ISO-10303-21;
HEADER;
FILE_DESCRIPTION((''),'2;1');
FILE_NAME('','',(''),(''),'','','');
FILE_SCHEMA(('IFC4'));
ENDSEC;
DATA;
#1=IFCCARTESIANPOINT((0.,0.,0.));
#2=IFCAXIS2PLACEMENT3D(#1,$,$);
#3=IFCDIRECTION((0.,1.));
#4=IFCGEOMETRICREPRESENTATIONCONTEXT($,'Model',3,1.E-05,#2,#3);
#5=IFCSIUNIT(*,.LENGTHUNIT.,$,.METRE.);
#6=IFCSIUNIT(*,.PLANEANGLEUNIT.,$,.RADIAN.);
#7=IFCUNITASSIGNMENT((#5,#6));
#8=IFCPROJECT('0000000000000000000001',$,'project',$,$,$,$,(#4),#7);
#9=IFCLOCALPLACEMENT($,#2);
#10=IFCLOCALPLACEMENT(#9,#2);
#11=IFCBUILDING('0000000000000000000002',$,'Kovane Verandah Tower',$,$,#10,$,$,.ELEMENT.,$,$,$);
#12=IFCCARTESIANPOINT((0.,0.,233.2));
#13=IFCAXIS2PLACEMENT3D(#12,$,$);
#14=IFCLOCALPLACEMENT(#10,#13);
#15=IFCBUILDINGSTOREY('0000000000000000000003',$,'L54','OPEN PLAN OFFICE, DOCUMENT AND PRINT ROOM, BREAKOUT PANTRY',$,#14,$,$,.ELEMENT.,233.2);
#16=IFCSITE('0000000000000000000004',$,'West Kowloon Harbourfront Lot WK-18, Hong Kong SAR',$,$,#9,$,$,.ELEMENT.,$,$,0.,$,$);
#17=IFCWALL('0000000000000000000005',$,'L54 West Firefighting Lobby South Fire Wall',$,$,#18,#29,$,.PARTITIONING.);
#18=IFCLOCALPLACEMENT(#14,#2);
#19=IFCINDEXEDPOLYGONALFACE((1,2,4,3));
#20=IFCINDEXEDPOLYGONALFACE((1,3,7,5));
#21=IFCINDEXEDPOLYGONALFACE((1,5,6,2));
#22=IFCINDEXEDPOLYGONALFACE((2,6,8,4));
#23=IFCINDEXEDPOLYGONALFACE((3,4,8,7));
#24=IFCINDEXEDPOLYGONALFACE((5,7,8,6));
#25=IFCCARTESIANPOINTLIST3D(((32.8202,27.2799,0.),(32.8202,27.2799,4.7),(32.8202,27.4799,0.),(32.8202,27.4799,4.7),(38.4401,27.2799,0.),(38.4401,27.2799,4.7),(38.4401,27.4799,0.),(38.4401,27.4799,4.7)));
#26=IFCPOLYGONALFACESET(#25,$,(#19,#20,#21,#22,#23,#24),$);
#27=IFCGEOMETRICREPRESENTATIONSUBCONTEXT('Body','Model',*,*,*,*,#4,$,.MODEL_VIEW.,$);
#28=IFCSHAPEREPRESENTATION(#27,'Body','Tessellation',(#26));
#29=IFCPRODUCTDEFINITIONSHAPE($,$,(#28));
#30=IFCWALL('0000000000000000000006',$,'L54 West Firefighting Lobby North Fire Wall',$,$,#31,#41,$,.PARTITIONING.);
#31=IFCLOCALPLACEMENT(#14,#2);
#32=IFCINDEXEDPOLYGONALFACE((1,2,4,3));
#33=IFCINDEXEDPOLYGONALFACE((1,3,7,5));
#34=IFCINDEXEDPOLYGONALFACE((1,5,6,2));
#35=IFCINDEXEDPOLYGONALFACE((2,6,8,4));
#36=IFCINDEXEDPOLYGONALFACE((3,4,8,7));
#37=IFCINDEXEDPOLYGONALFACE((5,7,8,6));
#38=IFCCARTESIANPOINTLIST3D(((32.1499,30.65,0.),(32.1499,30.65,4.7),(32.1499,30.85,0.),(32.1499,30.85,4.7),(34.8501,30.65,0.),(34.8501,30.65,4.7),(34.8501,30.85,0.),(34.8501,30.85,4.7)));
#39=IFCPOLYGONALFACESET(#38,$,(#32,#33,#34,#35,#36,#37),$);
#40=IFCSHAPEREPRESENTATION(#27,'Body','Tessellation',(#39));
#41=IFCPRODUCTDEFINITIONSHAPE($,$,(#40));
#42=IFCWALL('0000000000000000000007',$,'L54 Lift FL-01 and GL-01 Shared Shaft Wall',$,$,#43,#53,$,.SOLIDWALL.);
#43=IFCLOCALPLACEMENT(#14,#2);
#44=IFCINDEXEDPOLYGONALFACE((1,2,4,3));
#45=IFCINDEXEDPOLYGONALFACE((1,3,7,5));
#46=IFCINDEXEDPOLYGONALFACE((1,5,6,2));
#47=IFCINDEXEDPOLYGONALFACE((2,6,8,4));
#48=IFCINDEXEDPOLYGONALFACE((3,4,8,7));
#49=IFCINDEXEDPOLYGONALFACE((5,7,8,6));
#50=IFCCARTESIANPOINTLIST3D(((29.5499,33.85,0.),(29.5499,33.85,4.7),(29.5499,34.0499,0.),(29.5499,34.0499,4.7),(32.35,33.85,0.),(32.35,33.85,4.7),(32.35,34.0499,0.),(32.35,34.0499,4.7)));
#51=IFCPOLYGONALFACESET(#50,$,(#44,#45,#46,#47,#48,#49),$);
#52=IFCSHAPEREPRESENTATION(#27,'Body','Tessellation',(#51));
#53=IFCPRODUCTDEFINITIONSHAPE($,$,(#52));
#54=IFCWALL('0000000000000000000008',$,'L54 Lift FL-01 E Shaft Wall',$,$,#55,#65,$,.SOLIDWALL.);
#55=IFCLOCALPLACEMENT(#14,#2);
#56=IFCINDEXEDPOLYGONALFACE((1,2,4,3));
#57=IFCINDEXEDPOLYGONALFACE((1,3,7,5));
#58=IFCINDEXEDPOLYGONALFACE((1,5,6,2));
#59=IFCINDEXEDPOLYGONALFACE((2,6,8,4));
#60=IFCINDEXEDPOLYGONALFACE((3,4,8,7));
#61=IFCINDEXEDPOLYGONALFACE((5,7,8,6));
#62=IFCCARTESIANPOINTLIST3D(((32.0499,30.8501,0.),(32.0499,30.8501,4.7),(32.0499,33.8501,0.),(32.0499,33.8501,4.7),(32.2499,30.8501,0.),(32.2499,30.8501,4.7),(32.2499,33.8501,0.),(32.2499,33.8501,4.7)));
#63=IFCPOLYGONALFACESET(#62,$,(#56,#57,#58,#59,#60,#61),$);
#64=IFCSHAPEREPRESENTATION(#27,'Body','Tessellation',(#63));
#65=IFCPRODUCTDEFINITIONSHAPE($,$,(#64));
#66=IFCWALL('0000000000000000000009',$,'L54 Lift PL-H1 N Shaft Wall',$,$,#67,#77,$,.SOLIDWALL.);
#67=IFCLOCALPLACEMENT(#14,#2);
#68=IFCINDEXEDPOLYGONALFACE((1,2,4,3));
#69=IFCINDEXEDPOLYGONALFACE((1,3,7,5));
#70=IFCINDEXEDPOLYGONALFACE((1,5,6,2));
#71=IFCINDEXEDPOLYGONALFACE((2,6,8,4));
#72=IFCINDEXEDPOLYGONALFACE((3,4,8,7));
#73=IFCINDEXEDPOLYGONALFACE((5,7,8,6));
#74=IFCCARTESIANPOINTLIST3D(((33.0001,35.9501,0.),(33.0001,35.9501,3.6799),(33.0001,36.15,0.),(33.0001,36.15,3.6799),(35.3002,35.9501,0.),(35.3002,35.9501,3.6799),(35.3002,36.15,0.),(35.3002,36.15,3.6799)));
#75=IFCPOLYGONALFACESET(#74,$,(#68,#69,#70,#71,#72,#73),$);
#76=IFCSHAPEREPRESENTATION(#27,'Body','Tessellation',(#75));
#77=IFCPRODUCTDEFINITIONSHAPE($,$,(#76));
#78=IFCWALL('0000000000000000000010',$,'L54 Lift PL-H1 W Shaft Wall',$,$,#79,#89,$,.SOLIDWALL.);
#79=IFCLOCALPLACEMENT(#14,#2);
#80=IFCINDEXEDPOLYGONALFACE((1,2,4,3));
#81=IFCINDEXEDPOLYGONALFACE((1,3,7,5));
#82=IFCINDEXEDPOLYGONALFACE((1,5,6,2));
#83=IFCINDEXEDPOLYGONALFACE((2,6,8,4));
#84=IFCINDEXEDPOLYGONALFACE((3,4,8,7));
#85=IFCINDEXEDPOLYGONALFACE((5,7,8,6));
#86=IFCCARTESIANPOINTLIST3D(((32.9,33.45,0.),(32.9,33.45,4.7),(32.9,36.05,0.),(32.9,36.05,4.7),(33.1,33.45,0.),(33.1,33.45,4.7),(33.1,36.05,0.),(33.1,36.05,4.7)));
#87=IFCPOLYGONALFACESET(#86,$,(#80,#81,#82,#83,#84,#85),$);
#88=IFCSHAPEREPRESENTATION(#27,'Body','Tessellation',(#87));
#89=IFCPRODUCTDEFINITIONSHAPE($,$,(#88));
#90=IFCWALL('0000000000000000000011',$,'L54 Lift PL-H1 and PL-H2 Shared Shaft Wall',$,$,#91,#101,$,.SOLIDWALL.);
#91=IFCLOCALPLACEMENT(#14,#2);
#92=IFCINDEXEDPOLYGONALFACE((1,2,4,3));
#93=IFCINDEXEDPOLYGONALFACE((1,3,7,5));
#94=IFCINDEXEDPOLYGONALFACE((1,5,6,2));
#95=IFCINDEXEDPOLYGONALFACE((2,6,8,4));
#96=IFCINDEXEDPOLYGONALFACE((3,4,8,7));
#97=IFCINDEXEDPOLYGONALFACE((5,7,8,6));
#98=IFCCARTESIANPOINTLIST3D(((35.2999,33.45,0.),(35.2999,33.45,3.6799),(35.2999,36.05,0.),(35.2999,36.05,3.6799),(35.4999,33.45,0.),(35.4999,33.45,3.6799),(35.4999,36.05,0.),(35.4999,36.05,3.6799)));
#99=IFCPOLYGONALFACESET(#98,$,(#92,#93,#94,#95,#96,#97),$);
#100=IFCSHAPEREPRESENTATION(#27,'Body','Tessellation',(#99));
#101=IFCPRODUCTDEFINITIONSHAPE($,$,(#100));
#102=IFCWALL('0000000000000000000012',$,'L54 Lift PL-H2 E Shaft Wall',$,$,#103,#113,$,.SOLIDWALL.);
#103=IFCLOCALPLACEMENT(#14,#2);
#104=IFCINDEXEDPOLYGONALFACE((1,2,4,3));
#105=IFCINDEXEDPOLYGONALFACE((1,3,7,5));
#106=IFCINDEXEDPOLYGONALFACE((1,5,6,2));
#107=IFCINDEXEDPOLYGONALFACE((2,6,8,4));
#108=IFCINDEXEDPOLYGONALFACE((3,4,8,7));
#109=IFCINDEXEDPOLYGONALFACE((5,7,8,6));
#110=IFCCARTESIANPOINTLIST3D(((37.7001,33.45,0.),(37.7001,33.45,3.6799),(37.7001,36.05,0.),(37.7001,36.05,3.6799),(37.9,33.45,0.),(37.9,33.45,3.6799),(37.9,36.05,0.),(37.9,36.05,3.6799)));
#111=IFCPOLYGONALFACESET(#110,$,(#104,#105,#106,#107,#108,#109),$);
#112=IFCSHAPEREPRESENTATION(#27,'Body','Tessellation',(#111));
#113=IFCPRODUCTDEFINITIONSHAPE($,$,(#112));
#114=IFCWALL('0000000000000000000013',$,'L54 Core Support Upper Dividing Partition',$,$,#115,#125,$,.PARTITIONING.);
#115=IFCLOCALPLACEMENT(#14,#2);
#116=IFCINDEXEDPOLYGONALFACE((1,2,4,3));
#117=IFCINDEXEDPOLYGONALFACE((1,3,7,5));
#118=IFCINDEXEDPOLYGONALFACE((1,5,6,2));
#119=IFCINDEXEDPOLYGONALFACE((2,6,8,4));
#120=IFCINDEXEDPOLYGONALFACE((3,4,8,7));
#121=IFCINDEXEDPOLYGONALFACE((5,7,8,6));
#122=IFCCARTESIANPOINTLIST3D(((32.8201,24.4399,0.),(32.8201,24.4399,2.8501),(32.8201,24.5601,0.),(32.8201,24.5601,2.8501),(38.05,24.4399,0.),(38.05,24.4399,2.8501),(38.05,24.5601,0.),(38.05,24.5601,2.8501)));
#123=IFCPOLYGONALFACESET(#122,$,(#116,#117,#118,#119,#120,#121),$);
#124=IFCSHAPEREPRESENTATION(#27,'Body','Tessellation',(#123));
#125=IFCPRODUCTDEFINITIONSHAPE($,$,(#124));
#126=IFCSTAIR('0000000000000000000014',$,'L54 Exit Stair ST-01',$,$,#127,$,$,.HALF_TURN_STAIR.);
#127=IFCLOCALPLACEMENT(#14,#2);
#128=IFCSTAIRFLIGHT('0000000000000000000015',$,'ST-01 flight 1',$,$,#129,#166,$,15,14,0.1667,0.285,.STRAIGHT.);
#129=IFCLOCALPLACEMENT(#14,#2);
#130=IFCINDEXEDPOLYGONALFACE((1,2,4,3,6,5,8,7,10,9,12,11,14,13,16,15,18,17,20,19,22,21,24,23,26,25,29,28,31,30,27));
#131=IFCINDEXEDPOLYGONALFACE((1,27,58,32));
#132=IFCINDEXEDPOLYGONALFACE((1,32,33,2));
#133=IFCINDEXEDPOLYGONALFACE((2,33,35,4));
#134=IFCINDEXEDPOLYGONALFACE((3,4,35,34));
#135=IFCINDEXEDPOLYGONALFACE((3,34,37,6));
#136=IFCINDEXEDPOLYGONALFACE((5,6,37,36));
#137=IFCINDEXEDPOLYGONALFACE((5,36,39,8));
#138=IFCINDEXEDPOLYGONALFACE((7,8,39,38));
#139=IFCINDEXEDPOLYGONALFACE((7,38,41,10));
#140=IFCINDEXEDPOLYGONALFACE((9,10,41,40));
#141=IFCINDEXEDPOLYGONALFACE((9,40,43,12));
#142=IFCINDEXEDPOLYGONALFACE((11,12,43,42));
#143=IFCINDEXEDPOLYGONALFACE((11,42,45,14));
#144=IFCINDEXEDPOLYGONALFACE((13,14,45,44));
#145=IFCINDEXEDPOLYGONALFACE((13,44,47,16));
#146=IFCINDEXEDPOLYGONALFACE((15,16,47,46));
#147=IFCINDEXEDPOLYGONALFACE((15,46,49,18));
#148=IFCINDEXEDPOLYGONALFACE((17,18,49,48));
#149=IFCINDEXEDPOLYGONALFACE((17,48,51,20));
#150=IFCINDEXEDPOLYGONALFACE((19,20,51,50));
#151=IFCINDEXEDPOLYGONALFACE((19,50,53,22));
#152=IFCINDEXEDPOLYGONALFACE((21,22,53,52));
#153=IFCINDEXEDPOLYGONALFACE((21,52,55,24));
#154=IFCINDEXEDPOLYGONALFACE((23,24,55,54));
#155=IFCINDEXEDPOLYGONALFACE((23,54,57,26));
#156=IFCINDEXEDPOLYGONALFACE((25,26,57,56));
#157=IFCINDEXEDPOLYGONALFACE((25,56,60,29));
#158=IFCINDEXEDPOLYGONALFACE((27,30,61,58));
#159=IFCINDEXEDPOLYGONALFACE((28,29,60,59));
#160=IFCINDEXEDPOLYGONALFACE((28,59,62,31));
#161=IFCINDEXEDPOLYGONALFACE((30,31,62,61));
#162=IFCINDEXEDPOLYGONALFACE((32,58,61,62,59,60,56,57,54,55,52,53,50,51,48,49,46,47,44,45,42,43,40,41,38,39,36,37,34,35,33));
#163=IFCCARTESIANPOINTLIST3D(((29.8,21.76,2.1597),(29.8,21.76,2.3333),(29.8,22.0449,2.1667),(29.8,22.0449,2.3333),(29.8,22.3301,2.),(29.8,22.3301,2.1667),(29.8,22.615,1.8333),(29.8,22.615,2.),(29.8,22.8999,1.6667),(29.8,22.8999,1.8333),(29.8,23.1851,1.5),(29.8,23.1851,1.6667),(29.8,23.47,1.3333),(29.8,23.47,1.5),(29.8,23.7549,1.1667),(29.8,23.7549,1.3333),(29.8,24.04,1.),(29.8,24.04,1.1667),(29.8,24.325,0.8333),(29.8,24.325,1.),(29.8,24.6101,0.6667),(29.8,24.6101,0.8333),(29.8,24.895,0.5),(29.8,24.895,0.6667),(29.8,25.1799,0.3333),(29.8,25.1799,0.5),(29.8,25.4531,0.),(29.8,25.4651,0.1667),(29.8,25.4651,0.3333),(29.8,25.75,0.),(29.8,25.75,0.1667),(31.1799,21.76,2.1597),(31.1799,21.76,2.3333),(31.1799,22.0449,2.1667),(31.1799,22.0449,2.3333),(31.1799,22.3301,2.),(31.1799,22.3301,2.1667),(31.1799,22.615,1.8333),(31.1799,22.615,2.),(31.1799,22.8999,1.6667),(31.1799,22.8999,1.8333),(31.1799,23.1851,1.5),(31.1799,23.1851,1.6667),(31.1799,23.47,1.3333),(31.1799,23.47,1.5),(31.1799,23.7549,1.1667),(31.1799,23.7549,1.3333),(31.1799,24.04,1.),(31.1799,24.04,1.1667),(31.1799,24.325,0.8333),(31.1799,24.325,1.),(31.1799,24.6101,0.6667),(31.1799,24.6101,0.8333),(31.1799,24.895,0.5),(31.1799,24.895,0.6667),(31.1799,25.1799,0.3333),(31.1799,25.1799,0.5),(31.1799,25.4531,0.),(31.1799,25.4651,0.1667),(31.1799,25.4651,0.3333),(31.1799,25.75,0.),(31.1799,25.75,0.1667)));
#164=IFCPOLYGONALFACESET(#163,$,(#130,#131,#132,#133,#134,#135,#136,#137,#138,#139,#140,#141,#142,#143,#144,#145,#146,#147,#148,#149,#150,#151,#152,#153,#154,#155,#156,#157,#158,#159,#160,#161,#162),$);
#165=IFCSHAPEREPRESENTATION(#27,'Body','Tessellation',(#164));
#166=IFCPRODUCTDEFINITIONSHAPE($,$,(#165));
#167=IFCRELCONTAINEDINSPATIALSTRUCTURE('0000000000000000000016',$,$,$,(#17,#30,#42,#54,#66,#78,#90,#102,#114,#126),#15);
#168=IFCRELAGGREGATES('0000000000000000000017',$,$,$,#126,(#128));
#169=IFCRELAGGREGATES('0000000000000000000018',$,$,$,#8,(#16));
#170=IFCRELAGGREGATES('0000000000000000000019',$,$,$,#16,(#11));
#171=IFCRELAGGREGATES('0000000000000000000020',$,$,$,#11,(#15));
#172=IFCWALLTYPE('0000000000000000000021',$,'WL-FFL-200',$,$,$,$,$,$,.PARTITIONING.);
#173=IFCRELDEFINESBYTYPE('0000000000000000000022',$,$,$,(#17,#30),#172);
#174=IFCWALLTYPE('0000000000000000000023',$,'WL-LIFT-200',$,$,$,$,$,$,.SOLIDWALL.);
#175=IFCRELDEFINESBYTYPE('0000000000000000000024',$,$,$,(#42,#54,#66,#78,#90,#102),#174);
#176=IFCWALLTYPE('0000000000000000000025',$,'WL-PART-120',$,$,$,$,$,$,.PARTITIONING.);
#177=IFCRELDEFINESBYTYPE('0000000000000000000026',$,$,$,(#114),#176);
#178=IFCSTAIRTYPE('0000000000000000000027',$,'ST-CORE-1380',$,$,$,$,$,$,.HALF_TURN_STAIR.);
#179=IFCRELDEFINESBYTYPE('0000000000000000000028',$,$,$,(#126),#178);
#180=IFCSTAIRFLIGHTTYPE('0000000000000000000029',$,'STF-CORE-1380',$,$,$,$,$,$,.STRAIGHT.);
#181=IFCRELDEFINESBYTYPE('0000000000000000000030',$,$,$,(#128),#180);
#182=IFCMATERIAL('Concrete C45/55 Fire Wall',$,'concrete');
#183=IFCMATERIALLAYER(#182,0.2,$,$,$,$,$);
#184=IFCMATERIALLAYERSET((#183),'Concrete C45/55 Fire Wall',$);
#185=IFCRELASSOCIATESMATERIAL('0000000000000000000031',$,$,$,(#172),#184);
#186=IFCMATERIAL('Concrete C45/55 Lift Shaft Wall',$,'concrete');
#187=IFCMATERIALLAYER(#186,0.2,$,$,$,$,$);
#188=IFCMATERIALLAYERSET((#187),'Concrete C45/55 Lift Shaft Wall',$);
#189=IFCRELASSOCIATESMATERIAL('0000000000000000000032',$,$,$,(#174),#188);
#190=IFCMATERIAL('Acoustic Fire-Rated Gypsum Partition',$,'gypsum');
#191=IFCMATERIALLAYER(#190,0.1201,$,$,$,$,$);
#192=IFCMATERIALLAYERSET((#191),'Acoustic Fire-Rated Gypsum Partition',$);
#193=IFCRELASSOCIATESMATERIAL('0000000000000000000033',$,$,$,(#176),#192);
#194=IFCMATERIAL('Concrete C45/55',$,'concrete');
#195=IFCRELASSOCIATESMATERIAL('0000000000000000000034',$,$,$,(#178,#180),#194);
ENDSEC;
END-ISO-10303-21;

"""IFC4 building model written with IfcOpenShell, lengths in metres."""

from ifc_helpers import new_model, si_unit, direction, frame, frame_2d, origin, place, context, subcontext, project, spatial, polyline, rectangle, outline, extrude, material, layer, layer_set, type_object, element, aggregate, save


model = new_model("IFC4")

# Units and contexts
model_context = context("Model", 3, precision=1e-05, world=origin(), true_north=direction((0.0, 1.0)))
body_context = subcontext(model_context, "Body", "Model", "MODEL_VIEW")
ifc_project = project(units=[si_unit("LENGTHUNIT", "METRE"), si_unit("PLANEANGLEUNIT", "RADIAN")], contexts=[model_context])

# Site, building, storey
site_placement = place(None, origin())
site = spatial("IfcSite", under=ifc_project, at=site_placement, Name="West Kowloon Harbourfront Lot WK-18, Hong Kong SAR", CompositionType="ELEMENT", RefElevation=0.0)
building_placement = place(site_placement, origin())
building = spatial("IfcBuilding", under=site, at=building_placement, Name="Kovane Verandah Tower", CompositionType="ELEMENT")
storey_placement = place(building_placement, frame((0.0, 0.0, 233.2)))
storey = spatial("IfcBuildingStorey", under=building, at=storey_placement, Name="L54", Description="OPEN PLAN OFFICE, DOCUMENT AND PRINT ROOM, BREAKOUT PANTRY", CompositionType="ELEMENT", Elevation=233.2)

# Shared definitions
ifc_material_1 = material(Name="Concrete C45/55 Fire Wall", Category="concrete")
ifc_layer_1 = layer(ifc_material_1, 0.2)
ifc_layer_set_1 = layer_set([ifc_layer_1], Name="Concrete C45/55 Fire Wall")
wall_type_1 = type_object("IfcWallType", Name="WL-FFL-200", PredefinedType="PARTITIONING", material=ifc_layer_set_1)

# Walls
wall_1_placement = place(storey_placement, frame((32.8201, 27.3799, 0.0), z_axis=(0.0, 0.0, 1.0), x_axis=(1.0, 0.0, 0.0)))
element("IfcWall", 1, at=wall_1_placement, inside=storey, type_object=wall_type_1, Name="L54 West Firefighting Lobby South Fire Wall", PredefinedType="PARTITIONING", context=body_context, shape_type="SweptSolid", body=[
    extrude(rectangle(XDim=5.6199, YDim=0.2, at=frame_2d((2.8101, 0.0))), origin(), (0.0, 0.0, 1.0), 4.7),
])
wall_2_placement = place(storey_placement, frame((32.1499, 30.75, 0.0), z_axis=(0.0, 0.0, 1.0), x_axis=(1.0, 0.0, 0.0)))
element("IfcWall", 2, at=wall_2_placement, inside=storey, type_object=wall_type_1, Name="L54 West Firefighting Lobby North Fire Wall", PredefinedType="PARTITIONING", context=body_context, shape_type="SweptSolid", body=[
    extrude(rectangle(XDim=2.7002, YDim=0.2, at=frame_2d((1.3501, 0.0))), origin(), (0.0, 0.0, 1.0), 4.7),
])
ifc_material_2 = material(Name="Concrete C45/55 Lift Shaft Wall", Category="concrete")
ifc_layer_2 = layer(ifc_material_2, 0.2)
ifc_layer_set_2 = layer_set([ifc_layer_2], Name="Concrete C45/55 Lift Shaft Wall")
wall_type_2 = type_object("IfcWallType", Name="WL-LIFT-200", PredefinedType="SOLIDWALL", material=ifc_layer_set_2)
wall_3_placement = place(storey_placement, frame((29.55, 33.95, 0.0), z_axis=(0.0, 0.0, 1.0), x_axis=(1.0, 0.0, 0.0)))
element("IfcWall", 3, at=wall_3_placement, inside=storey, type_object=wall_type_2, Name="L54 Lift FL-01 and GL-01 Shared Shaft Wall", PredefinedType="SOLIDWALL", context=body_context, shape_type="SweptSolid", body=[
    extrude(rectangle(XDim=2.8, YDim=0.2, at=frame_2d((1.3999, 0.0))), origin(), (0.0, 0.0, 1.0), 4.7),
])
wall_4_placement = place(storey_placement, frame((32.1499, 30.8501, 0.0), z_axis=(0.0, 0.0, 1.0), x_axis=(0.0, 1.0, 0.0)))
element("IfcWall", 4, at=wall_4_placement, inside=storey, type_object=wall_type_2, Name="L54 Lift FL-01 E Shaft Wall", PredefinedType="SOLIDWALL", context=body_context, shape_type="SweptSolid", body=[
    extrude(rectangle(XDim=3.0, YDim=0.2, at=frame_2d((1.5, 0.0))), origin(), (0.0, 0.0, 1.0), 4.7),
])

# Walls
wall_5_placement = place(storey_placement, frame((35.3, 36.05, 0.0), z_axis=(0.0, 0.0, 1.0), x_axis=(-1.0, 0.0, 0.0)))
element("IfcWall", 5, at=wall_5_placement, inside=storey, type_object=wall_type_2, Name="L54 Lift PL-H1 N Shaft Wall", PredefinedType="SOLIDWALL", context=body_context, shape_type="SweptSolid", body=[
    extrude(rectangle(XDim=2.3, YDim=0.2, at=frame_2d((1.1499, 0.0))), origin(), (0.0, 0.0, 1.0), 3.6799),
])
wall_6_placement = place(storey_placement, frame((33.0, 36.05, 0.0), z_axis=(0.0, 0.0, 1.0), x_axis=(0.0, -1.0, 0.0)))
element("IfcWall", 6, at=wall_6_placement, inside=storey, type_object=wall_type_2, Name="L54 Lift PL-H1 W Shaft Wall", PredefinedType="SOLIDWALL", context=body_context, shape_type="SweptSolid", body=[
    extrude(rectangle(XDim=2.6001, YDim=0.2, at=frame_2d((1.3, 0.0))), origin(), (0.0, 0.0, 1.0), 4.7),
])
wall_7_placement = place(storey_placement, frame((35.3999, 33.45, 0.0), z_axis=(0.0, 0.0, 1.0), x_axis=(0.0, 1.0, 0.0)))
element("IfcWall", 7, at=wall_7_placement, inside=storey, type_object=wall_type_2, Name="L54 Lift PL-H1 and PL-H2 Shared Shaft Wall", PredefinedType="SOLIDWALL", context=body_context, shape_type="SweptSolid", body=[
    extrude(rectangle(XDim=2.6001, YDim=0.2, at=frame_2d((1.3, 0.0))), origin(), (0.0, 0.0, 1.0), 3.6799),
])

# Walls
wall_8_placement = place(storey_placement, frame((37.8, 33.45, 0.0), z_axis=(0.0, 0.0, 1.0), x_axis=(0.0, 1.0, 0.0)))
element("IfcWall", 8, at=wall_8_placement, inside=storey, type_object=wall_type_2, Name="L54 Lift PL-H2 E Shaft Wall", PredefinedType="SOLIDWALL", context=body_context, shape_type="SweptSolid", body=[
    extrude(rectangle(XDim=2.6001, YDim=0.2, at=frame_2d((1.3, 0.0))), origin(), (0.0, 0.0, 1.0), 3.6799),
])
ifc_material_3 = material(Name="Acoustic Fire-Rated Gypsum Partition", Category="gypsum")
ifc_layer_3 = layer(ifc_material_3, 0.1201)
ifc_layer_set_3 = layer_set([ifc_layer_3], Name="Acoustic Fire-Rated Gypsum Partition")
wall_type_3 = type_object("IfcWallType", Name="WL-PART-120", PredefinedType="PARTITIONING", material=ifc_layer_set_3)
wall_9_placement = place(storey_placement, frame((32.8201, 24.5, 0.0), z_axis=(0.0, 0.0, 1.0), x_axis=(1.0, 0.0, 0.0)))
element("IfcWall", 9, at=wall_9_placement, inside=storey, type_object=wall_type_3, Name="L54 Core Support Upper Dividing Partition", PredefinedType="PARTITIONING", context=body_context, shape_type="SweptSolid", body=[
    extrude(rectangle(XDim=5.23, YDim=0.1201, at=frame_2d((2.615, 0.0))), origin(), (0.0, 0.0, 1.0), 2.8501),
])

# Shared definitions
ifc_material_4 = material(Name="Concrete C45/55", Category="concrete")

# Stair, stair flight
stair_type = type_object("IfcStairType", Name="ST-CORE-1380", PredefinedType="HALF_TURN_STAIR", material=ifc_material_4)
stair_placement = place(storey_placement, origin())
stair = element("IfcStair", 10, at=stair_placement, inside=storey, type_object=stair_type, Name="L54 Exit Stair ST-01", PredefinedType="HALF_TURN_STAIR")
stair_flight_type = type_object("IfcStairFlightType", Name="STF-CORE-1380", PredefinedType="STRAIGHT", material=ifc_material_4)
stair_flight_placement = place(storey_placement, frame((30.49, 25.75, 0.0), z_axis=(0.0, 0.0, 1.0), x_axis=(0.0, -1.0, 0.0)))
stair_flight = element("IfcStairFlight", 11, at=stair_flight_placement, type_object=stair_flight_type, Name="ST-01 flight 1", NumberOfRisers=15, NumberOfTreads=14, PredefinedType="STRAIGHT", RiserHeight=0.1667, TreadLength=0.285, context=body_context, shape_type="SweptSolid", body=[
    extrude(outline(polyline([(0.0, 0.0), (0.0, 0.1667), (0.2849, 0.1667), (0.2849, 0.3333), (0.5701, 0.3333), (0.5701, 0.5), (0.855, 0.5), (0.855, 0.6667), (1.1399, 0.6667), (1.1399, 0.8333), (1.425, 0.8333), (1.425, 1.0), (1.71, 1.0), (1.71, 1.1667), (1.9951, 1.1667), (1.9951, 1.3333), (2.28, 1.3333), (2.28, 1.5), (2.5649, 1.5), (2.5649, 1.6667), (2.8501, 1.6667), (2.8501, 1.8333), (3.135, 1.8333), (3.135, 2.0), (3.4199, 2.0), (3.4199, 2.1667), (3.7051, 2.1667), (3.7051, 2.3333), (3.99, 2.3333), (3.99, 2.5), (3.99, 2.1597), (0.2969, 0.0), (0.0, 0.0)])), frame((0.0, 0.6899, 0.0), z_axis=(0.0, -1.0, 0.0), x_axis=(1.0, 0.0, 0.0)), (0.0, 0.0, 1.0), 1.3799),
])
aggregate(stair, [stair_flight])

save(model, "model.ifc")
